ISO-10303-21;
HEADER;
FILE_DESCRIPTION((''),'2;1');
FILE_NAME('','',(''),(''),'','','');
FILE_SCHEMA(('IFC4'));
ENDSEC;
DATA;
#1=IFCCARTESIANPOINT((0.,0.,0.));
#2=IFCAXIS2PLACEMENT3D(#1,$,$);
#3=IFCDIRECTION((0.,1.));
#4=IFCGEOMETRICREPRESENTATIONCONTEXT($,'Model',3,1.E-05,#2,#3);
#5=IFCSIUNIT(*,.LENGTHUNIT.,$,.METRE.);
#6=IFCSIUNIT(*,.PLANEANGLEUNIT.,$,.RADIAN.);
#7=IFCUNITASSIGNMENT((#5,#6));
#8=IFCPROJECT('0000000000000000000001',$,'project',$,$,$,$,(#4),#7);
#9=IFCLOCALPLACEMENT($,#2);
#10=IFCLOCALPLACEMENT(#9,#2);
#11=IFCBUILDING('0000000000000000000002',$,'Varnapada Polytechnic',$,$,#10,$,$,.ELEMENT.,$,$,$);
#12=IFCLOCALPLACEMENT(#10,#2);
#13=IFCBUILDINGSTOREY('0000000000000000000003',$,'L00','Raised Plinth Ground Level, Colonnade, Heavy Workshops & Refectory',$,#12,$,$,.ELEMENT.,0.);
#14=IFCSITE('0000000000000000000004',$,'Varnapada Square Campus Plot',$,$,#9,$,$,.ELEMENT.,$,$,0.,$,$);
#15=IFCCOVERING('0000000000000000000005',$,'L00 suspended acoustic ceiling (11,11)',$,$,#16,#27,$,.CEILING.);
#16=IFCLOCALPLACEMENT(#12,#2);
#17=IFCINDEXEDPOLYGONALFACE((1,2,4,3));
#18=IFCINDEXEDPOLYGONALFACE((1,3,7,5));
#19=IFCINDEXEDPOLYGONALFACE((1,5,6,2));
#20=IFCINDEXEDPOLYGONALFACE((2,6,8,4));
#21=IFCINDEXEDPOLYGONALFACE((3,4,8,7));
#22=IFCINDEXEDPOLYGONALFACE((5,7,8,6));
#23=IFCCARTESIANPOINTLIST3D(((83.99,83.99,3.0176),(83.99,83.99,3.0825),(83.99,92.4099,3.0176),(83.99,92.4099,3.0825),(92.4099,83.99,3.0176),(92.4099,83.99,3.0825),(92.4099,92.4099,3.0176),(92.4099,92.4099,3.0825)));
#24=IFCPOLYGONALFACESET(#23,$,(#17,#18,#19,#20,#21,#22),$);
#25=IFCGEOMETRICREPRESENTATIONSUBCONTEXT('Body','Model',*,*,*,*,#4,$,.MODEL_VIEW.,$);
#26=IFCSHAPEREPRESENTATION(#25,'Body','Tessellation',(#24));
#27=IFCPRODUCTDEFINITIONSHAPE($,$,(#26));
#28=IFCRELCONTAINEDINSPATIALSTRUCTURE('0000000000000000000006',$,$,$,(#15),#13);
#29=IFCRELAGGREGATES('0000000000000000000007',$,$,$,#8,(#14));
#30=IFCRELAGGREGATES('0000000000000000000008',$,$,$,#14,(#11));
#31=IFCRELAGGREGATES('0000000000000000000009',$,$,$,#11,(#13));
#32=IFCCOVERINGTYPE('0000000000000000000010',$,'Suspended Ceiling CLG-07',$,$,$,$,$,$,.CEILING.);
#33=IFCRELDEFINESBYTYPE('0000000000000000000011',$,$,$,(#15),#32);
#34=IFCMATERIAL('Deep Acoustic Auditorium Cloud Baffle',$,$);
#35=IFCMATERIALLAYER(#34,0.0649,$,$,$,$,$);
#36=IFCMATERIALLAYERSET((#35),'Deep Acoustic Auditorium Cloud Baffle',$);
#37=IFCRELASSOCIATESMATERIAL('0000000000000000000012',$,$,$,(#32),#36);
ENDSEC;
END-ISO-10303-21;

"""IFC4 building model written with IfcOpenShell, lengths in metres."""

from ifc_helpers import new_model, si_unit, direction, frame, origin, origin_2d, place, context, subcontext, project, spatial, rectangle, extrude, material, layer, layer_set, type_object, element, save


model = new_model("IFC4")

# Units and contexts
model_context = context("Model", 3, precision=1e-05, world=origin(), true_north=direction((0.0, 1.0)))
body_context = subcontext(model_context, "Body", "Model", "MODEL_VIEW")
ifc_project = project(units=[si_unit("LENGTHUNIT", "METRE"), si_unit("PLANEANGLEUNIT", "RADIAN")], contexts=[model_context])

# Site, building, storey
site_placement = place(None, origin())
site = spatial("IfcSite", under=ifc_project, at=site_placement, Name="Varnapada Square Campus Plot", CompositionType="ELEMENT", RefElevation=0.0)
building_placement = place(site_placement, origin())
building = spatial("IfcBuilding", under=site, at=building_placement, Name="Varnapada Polytechnic", CompositionType="ELEMENT")
storey_placement = place(building_placement, origin())
storey = spatial("IfcBuildingStorey", under=building, at=storey_placement, Name="L00", Description="Raised Plinth Ground Level, Colonnade, Heavy Workshops & Refectory", CompositionType="ELEMENT", Elevation=0.0)

# Covering
ifc_material_1 = material(Name="Deep Acoustic Auditorium Cloud Baffle")
ifc_layer_1 = layer(ifc_material_1, 0.0649)
ifc_layer_set_1 = layer_set([ifc_layer_1], Name="Deep Acoustic Auditorium Cloud Baffle")
covering_type_1 = type_object("IfcCoveringType", Name="Suspended Ceiling CLG-07", PredefinedType="CEILING", material=ifc_layer_set_1)
covering_1_placement = place(storey_placement, frame((88.2, 88.2, 3.0176), z_axis=(0.0, 0.0, 1.0), x_axis=(1.0, 0.0, 0.0)))
element("IfcCovering", 1, at=covering_1_placement, inside=storey, type_object=covering_type_1, Name="L00 suspended acoustic ceiling (11,11)", PredefinedType="CEILING", context=body_context, shape_type="SweptSolid", body=[
    extrude(rectangle(XDim=8.4199, YDim=8.4199, at=origin_2d()), origin(), (0.0, 0.0, 1.0), 0.0649),
])

save(model, "model.ifc")
